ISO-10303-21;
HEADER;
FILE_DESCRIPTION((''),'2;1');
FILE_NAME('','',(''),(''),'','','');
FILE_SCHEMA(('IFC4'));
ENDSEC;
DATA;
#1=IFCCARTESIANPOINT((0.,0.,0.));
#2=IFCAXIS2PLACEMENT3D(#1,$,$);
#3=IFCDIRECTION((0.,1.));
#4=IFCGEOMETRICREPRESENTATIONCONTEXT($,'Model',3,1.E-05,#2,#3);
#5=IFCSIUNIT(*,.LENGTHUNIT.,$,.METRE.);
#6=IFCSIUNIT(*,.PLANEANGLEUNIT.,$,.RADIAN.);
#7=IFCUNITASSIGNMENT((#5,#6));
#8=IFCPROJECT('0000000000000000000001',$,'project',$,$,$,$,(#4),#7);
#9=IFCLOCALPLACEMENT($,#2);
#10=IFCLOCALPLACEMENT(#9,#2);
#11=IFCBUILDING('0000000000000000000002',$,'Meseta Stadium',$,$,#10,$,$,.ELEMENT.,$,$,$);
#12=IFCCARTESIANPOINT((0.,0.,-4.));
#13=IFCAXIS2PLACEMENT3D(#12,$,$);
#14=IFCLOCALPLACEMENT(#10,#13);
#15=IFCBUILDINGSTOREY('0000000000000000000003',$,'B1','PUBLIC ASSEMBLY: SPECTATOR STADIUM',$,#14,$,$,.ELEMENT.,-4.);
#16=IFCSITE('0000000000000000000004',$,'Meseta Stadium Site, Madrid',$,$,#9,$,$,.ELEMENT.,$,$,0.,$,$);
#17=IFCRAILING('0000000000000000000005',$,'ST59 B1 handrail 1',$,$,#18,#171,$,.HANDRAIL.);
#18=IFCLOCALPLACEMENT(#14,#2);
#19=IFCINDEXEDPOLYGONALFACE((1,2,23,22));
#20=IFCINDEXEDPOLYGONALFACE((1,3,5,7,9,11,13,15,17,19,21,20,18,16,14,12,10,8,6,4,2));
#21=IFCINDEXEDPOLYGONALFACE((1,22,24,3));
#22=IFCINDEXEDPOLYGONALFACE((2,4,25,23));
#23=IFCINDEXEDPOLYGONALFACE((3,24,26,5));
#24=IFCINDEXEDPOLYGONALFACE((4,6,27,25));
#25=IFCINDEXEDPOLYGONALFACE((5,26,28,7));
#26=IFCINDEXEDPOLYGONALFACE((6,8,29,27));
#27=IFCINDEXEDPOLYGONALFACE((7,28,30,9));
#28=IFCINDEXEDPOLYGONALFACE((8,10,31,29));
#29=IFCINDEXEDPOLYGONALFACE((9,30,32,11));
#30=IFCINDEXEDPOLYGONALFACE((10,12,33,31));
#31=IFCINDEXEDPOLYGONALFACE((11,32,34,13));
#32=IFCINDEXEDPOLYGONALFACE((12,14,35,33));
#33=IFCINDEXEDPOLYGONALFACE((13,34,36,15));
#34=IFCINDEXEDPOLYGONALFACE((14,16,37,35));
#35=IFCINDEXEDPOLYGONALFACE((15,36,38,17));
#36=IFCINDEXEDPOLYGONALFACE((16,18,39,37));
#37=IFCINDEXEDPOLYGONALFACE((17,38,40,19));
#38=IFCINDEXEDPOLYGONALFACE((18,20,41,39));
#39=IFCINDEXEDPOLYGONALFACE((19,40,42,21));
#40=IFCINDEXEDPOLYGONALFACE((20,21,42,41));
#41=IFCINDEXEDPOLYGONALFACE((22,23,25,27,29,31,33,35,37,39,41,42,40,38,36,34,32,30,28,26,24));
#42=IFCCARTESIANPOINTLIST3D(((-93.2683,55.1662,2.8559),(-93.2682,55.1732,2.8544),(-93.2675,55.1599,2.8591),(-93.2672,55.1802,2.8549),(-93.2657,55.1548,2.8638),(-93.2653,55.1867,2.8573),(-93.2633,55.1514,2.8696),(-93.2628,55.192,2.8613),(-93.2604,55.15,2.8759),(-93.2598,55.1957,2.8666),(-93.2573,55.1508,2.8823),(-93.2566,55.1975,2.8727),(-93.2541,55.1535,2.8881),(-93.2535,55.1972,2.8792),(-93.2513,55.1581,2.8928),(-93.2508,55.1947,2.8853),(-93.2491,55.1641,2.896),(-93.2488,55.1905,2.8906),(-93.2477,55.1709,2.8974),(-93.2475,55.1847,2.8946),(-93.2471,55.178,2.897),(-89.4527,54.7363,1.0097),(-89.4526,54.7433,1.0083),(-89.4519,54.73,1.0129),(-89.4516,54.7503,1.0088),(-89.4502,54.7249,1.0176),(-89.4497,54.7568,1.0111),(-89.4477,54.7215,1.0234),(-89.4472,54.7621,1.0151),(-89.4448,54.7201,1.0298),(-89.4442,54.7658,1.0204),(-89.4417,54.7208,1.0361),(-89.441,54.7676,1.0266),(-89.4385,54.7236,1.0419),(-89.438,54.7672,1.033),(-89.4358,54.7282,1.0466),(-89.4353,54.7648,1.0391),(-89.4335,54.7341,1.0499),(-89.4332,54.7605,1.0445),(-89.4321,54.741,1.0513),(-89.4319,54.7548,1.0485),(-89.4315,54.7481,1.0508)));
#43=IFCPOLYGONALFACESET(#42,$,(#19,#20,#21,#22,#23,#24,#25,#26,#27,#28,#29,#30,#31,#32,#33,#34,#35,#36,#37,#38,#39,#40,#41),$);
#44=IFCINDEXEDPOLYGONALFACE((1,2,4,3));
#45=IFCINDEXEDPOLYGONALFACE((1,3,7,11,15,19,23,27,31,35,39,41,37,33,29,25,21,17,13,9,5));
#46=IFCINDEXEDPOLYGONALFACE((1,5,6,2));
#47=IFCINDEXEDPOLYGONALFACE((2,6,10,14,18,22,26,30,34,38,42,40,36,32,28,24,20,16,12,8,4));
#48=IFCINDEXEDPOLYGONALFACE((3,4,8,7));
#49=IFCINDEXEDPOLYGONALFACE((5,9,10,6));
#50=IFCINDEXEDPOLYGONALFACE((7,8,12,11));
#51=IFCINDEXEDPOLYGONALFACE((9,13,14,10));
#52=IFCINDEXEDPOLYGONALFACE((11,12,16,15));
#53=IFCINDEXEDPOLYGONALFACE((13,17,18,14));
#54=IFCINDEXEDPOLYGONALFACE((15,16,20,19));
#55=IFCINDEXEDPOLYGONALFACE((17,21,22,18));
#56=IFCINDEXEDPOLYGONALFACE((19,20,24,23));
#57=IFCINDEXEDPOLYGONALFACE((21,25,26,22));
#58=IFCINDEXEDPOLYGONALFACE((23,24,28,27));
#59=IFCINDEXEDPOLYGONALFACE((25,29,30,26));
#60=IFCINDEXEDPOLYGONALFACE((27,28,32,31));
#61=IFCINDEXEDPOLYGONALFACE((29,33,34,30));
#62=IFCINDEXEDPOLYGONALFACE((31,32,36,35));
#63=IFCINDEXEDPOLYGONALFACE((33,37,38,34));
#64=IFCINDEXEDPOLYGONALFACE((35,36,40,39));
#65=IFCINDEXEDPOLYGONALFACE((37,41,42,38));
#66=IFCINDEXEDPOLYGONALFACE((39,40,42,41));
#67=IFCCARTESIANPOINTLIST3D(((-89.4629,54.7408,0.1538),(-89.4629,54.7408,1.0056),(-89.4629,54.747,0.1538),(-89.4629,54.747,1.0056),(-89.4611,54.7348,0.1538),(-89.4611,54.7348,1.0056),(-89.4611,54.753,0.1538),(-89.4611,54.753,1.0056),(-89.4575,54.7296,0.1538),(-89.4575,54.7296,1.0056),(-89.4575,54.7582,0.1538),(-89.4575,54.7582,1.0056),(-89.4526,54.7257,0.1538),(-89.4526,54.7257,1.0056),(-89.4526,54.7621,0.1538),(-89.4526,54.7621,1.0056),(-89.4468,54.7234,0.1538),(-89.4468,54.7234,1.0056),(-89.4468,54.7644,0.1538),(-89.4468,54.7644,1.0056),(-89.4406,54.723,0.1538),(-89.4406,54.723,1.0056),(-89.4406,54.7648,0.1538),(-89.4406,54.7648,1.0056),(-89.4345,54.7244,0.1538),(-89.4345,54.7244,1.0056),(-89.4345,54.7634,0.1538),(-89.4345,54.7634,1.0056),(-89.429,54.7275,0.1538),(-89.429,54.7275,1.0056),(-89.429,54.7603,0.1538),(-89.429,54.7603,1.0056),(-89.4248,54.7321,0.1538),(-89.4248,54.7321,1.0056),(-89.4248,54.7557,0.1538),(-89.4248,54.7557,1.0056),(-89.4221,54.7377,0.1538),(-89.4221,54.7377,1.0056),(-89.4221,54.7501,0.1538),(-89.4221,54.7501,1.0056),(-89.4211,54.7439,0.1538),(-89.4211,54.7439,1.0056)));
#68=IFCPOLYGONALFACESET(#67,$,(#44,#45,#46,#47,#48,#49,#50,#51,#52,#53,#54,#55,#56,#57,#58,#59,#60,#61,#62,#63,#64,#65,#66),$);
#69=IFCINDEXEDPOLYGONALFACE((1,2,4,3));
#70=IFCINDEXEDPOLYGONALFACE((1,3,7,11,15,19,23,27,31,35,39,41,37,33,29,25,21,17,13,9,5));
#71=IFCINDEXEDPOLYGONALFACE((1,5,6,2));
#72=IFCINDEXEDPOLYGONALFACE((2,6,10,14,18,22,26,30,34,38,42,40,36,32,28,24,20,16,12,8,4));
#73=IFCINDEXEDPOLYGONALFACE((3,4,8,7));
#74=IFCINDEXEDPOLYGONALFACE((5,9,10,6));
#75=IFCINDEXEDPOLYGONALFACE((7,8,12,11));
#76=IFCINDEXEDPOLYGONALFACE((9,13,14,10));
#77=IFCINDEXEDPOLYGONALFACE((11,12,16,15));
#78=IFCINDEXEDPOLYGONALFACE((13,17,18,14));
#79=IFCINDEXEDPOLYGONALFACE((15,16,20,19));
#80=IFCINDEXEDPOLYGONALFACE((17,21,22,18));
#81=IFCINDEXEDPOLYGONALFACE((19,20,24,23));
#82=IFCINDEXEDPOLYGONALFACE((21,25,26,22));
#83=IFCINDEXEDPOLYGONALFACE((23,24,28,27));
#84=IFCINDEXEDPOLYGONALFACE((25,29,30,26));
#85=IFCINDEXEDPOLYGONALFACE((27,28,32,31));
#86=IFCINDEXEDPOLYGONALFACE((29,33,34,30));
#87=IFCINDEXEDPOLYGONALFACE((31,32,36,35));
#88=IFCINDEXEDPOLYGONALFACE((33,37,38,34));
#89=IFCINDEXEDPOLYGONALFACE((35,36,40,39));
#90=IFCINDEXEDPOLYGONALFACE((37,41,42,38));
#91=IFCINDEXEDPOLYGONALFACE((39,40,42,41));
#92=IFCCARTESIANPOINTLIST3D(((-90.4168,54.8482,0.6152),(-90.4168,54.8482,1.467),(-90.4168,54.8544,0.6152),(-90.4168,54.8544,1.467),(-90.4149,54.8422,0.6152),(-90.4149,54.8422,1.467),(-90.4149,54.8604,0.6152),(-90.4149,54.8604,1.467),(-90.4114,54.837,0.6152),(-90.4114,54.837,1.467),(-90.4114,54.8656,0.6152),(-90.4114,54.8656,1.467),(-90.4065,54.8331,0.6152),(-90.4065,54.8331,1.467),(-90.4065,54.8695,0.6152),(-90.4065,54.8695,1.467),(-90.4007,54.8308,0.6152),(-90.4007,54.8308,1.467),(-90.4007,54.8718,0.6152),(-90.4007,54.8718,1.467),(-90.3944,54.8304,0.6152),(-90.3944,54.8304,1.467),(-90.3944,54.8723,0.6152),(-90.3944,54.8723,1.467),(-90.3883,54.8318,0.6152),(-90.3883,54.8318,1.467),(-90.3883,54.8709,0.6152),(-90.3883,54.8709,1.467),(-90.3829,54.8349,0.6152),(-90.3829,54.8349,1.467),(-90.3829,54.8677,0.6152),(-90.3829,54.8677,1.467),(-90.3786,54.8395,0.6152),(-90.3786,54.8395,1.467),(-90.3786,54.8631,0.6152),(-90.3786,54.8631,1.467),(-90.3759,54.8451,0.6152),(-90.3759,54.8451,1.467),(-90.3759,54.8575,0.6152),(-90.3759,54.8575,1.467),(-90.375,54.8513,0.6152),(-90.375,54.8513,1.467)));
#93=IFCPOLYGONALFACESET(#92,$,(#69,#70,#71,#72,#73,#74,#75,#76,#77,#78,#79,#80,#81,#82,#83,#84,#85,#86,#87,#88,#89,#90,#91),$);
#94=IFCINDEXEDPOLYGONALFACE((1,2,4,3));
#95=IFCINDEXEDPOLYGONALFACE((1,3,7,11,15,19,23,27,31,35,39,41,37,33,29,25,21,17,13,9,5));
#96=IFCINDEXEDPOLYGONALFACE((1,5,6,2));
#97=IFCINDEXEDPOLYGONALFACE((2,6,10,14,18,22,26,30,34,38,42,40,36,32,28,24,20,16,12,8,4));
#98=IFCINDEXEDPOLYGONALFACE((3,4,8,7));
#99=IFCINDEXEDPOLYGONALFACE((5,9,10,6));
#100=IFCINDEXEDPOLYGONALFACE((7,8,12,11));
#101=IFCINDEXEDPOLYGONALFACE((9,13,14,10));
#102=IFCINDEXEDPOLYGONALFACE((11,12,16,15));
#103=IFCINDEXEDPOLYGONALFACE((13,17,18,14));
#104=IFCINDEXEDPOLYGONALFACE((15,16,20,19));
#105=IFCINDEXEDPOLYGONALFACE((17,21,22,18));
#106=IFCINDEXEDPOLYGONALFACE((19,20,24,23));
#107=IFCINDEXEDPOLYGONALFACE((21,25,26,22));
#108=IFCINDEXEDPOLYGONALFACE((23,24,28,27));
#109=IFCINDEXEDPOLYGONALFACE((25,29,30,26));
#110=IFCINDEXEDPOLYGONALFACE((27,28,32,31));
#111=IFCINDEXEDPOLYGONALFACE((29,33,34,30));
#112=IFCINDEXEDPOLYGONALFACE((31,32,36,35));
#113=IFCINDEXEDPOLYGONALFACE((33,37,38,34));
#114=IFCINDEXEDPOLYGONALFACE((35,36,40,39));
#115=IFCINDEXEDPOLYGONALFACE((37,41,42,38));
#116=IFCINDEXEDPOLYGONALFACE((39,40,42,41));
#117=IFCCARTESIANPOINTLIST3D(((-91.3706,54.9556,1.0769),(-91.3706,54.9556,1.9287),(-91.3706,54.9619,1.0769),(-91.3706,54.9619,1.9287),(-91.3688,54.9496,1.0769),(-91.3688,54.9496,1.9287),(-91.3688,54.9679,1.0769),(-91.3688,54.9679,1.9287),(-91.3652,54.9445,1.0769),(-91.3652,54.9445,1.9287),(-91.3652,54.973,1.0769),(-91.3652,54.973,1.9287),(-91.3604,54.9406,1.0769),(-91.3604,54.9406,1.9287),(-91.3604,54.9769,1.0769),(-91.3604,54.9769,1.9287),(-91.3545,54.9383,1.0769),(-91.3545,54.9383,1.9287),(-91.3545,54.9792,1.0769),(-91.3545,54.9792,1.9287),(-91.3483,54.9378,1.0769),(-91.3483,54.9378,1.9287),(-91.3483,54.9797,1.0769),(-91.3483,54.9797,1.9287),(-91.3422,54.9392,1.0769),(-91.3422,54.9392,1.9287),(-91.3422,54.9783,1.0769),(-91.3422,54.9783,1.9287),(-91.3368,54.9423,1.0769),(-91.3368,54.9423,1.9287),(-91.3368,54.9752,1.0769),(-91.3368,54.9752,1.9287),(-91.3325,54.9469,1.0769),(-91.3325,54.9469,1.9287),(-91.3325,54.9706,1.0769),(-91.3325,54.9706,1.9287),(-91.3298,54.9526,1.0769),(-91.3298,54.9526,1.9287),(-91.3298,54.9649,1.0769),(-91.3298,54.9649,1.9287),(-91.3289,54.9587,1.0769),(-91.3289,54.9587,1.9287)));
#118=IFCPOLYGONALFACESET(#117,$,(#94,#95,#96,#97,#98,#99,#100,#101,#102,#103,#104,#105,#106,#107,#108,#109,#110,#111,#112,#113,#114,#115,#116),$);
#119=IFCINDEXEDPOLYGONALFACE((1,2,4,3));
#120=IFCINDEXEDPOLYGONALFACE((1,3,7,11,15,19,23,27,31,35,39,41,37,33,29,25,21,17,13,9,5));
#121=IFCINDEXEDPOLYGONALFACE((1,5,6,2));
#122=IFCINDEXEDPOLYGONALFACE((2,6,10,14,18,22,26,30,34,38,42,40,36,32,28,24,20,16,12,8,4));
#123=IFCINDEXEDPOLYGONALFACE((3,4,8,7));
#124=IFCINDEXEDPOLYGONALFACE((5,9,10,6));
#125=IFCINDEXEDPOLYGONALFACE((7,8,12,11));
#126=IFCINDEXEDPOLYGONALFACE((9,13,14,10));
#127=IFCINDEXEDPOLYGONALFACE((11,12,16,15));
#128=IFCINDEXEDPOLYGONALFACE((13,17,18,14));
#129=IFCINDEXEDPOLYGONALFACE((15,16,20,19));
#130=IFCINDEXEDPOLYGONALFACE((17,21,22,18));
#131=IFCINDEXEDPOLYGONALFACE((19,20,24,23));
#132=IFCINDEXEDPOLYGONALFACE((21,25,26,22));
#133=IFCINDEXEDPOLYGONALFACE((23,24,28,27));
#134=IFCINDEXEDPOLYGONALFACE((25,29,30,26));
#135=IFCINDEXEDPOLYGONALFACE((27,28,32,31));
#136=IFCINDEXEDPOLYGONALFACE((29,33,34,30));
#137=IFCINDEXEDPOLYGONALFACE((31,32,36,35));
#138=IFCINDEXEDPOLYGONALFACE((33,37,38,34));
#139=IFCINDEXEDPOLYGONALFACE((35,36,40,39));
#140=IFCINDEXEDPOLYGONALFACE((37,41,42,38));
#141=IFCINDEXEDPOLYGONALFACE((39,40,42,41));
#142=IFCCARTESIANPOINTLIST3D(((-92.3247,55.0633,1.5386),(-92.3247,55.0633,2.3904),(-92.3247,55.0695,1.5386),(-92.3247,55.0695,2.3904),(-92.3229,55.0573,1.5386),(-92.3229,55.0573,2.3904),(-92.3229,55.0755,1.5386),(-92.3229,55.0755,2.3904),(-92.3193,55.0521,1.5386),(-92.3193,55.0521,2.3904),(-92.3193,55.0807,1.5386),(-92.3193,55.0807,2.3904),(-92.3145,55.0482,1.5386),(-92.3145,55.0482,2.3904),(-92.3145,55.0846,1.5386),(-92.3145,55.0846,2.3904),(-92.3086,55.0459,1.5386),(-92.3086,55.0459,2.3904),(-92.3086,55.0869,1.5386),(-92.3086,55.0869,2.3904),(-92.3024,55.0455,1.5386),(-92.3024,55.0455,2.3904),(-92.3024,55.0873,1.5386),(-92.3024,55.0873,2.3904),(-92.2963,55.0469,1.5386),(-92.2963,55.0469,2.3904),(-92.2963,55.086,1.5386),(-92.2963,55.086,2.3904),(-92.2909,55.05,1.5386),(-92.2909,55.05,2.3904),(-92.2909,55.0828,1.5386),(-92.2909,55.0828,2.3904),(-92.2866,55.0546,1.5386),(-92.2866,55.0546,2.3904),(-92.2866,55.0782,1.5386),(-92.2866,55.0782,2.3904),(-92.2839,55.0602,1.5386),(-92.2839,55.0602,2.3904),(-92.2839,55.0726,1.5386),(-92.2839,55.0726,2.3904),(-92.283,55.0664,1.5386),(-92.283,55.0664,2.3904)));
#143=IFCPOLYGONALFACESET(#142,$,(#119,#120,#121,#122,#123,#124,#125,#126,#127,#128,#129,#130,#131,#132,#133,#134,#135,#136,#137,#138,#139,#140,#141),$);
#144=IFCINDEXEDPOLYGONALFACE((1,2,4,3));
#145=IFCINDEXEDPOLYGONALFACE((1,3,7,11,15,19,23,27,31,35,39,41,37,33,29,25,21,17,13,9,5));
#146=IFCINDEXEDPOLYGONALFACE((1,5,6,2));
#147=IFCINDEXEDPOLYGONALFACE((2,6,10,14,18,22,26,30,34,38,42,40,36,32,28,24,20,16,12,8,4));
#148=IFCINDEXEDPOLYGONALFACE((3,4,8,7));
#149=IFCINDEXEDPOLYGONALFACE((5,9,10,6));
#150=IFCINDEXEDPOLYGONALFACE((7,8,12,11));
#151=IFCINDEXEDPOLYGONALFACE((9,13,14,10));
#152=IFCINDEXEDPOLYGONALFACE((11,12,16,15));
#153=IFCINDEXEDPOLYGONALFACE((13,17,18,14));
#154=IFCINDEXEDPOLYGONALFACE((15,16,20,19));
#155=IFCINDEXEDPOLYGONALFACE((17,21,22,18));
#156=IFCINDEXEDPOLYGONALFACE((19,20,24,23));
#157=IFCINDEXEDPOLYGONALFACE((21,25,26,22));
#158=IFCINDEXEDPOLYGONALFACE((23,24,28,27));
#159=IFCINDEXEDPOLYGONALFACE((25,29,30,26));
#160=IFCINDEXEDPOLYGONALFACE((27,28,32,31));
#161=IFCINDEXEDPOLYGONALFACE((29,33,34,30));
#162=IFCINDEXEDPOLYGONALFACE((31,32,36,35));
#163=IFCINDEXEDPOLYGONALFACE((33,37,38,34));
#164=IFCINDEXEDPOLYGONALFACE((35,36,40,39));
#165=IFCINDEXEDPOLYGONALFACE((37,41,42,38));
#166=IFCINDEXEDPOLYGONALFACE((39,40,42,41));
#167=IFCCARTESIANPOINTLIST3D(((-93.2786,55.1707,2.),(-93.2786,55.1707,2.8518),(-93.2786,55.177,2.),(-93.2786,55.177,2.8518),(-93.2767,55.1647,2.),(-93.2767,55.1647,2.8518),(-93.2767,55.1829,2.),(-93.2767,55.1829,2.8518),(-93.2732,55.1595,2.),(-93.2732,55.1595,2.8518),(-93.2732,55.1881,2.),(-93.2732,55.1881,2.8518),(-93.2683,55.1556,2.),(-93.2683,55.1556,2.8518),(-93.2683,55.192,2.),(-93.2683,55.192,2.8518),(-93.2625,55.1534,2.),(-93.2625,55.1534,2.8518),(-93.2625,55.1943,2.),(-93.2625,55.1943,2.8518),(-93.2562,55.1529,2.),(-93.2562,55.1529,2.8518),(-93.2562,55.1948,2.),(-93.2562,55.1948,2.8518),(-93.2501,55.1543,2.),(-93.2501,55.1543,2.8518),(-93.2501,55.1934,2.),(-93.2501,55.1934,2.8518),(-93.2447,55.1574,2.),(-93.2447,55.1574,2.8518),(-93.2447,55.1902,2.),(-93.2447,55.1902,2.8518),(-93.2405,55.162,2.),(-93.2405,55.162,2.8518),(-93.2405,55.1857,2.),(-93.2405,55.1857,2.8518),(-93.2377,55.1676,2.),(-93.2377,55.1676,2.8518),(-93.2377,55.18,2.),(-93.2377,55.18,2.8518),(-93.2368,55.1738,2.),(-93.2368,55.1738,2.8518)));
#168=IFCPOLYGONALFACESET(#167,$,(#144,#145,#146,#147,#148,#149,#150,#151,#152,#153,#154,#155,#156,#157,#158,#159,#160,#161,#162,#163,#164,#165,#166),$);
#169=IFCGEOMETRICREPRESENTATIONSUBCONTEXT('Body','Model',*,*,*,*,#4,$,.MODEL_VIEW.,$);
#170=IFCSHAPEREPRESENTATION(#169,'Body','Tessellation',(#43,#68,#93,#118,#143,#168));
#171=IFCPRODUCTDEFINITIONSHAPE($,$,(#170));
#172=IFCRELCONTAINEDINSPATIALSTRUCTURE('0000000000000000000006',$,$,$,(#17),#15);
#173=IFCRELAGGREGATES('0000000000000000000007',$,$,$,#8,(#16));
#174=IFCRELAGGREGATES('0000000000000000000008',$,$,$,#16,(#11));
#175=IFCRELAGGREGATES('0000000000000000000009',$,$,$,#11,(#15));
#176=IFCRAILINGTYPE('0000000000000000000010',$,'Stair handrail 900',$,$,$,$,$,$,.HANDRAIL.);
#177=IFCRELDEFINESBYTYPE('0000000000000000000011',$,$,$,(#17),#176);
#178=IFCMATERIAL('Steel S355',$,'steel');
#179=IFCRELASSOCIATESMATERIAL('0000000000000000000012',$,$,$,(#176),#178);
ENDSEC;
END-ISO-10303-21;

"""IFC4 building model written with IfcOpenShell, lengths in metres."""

from ifc_helpers import new_model, si_unit, direction, frame, origin, origin_2d, place, context, subcontext, project, spatial, circle, extrude, material, type_object, element, save


model = new_model("IFC4")

# Units and contexts
model_context = context("Model", 3, precision=1e-05, world=origin(), true_north=direction((0.0, 1.0)))
body_context = subcontext(model_context, "Body", "Model", "MODEL_VIEW")
ifc_project = project(units=[si_unit("LENGTHUNIT", "METRE"), si_unit("PLANEANGLEUNIT", "RADIAN")], contexts=[model_context])

# Site, building, storey
site_placement = place(None, origin())
site = spatial("IfcSite", under=ifc_project, at=site_placement, Name="Meseta Stadium Site, Madrid", CompositionType="ELEMENT", RefElevation=0.0)
building_placement = place(site_placement, origin())
building = spatial("IfcBuilding", under=site, at=building_placement, Name="Meseta Stadium", CompositionType="ELEMENT")
storey_placement = place(building_placement, frame((0.0, 0.0, -4.0)))
storey = spatial("IfcBuildingStorey", under=building, at=storey_placement, Name="B1", Description="PUBLIC ASSEMBLY: SPECTATOR STADIUM", CompositionType="ELEMENT", Elevation=-4.0)

# Railing
ifc_material_1 = material(Name="Steel S355", Category="steel")
railing_type_1 = type_object("IfcRailingType", Name="Stair handrail 900", PredefinedType="HANDRAIL", material=ifc_material_1)
railing_1_placement = place(storey_placement, frame((-89.4421, 54.7439, 0.1538)))
element("IfcRailing", 1, at=railing_1_placement, inside=storey, type_object=railing_type_1, Name="ST59 B1 handrail 1", PredefinedType="HANDRAIL", context=body_context, shape_type="SweptSolid", body=[
    extrude(circle(Radius=0.0239, at=origin_2d()), frame((0.0, 0.0, 0.876), z_axis=(-0.895574, 0.100909, 0.433318), x_axis=(-0.111967, -0.993712, 0.0)), (0.0, 0.0, 1.0), 4.2605),
    extrude(circle(Radius=0.021, at=origin_2d()), origin(), (0.0, 0.0, 1.0), 0.8518),
    extrude(circle(Radius=0.021, at=origin_2d()), frame((-0.9539, 0.1074, 0.4614)), (0.0, 0.0, 1.0), 0.8518),
    extrude(circle(Radius=0.021, at=origin_2d()), frame((-1.9077, 0.2148, 0.9231)), (0.0, 0.0, 1.0), 0.8518),
    extrude(circle(Radius=0.021, at=origin_2d()), frame((-2.8618, 0.3225, 1.3848)), (0.0, 0.0, 1.0), 0.8518),
    extrude(circle(Radius=0.021, at=origin_2d()), frame((-3.8157, 0.4299, 1.8462)), (0.0, 0.0, 1.0), 0.8518),
])

save(model, "model.ifc")
